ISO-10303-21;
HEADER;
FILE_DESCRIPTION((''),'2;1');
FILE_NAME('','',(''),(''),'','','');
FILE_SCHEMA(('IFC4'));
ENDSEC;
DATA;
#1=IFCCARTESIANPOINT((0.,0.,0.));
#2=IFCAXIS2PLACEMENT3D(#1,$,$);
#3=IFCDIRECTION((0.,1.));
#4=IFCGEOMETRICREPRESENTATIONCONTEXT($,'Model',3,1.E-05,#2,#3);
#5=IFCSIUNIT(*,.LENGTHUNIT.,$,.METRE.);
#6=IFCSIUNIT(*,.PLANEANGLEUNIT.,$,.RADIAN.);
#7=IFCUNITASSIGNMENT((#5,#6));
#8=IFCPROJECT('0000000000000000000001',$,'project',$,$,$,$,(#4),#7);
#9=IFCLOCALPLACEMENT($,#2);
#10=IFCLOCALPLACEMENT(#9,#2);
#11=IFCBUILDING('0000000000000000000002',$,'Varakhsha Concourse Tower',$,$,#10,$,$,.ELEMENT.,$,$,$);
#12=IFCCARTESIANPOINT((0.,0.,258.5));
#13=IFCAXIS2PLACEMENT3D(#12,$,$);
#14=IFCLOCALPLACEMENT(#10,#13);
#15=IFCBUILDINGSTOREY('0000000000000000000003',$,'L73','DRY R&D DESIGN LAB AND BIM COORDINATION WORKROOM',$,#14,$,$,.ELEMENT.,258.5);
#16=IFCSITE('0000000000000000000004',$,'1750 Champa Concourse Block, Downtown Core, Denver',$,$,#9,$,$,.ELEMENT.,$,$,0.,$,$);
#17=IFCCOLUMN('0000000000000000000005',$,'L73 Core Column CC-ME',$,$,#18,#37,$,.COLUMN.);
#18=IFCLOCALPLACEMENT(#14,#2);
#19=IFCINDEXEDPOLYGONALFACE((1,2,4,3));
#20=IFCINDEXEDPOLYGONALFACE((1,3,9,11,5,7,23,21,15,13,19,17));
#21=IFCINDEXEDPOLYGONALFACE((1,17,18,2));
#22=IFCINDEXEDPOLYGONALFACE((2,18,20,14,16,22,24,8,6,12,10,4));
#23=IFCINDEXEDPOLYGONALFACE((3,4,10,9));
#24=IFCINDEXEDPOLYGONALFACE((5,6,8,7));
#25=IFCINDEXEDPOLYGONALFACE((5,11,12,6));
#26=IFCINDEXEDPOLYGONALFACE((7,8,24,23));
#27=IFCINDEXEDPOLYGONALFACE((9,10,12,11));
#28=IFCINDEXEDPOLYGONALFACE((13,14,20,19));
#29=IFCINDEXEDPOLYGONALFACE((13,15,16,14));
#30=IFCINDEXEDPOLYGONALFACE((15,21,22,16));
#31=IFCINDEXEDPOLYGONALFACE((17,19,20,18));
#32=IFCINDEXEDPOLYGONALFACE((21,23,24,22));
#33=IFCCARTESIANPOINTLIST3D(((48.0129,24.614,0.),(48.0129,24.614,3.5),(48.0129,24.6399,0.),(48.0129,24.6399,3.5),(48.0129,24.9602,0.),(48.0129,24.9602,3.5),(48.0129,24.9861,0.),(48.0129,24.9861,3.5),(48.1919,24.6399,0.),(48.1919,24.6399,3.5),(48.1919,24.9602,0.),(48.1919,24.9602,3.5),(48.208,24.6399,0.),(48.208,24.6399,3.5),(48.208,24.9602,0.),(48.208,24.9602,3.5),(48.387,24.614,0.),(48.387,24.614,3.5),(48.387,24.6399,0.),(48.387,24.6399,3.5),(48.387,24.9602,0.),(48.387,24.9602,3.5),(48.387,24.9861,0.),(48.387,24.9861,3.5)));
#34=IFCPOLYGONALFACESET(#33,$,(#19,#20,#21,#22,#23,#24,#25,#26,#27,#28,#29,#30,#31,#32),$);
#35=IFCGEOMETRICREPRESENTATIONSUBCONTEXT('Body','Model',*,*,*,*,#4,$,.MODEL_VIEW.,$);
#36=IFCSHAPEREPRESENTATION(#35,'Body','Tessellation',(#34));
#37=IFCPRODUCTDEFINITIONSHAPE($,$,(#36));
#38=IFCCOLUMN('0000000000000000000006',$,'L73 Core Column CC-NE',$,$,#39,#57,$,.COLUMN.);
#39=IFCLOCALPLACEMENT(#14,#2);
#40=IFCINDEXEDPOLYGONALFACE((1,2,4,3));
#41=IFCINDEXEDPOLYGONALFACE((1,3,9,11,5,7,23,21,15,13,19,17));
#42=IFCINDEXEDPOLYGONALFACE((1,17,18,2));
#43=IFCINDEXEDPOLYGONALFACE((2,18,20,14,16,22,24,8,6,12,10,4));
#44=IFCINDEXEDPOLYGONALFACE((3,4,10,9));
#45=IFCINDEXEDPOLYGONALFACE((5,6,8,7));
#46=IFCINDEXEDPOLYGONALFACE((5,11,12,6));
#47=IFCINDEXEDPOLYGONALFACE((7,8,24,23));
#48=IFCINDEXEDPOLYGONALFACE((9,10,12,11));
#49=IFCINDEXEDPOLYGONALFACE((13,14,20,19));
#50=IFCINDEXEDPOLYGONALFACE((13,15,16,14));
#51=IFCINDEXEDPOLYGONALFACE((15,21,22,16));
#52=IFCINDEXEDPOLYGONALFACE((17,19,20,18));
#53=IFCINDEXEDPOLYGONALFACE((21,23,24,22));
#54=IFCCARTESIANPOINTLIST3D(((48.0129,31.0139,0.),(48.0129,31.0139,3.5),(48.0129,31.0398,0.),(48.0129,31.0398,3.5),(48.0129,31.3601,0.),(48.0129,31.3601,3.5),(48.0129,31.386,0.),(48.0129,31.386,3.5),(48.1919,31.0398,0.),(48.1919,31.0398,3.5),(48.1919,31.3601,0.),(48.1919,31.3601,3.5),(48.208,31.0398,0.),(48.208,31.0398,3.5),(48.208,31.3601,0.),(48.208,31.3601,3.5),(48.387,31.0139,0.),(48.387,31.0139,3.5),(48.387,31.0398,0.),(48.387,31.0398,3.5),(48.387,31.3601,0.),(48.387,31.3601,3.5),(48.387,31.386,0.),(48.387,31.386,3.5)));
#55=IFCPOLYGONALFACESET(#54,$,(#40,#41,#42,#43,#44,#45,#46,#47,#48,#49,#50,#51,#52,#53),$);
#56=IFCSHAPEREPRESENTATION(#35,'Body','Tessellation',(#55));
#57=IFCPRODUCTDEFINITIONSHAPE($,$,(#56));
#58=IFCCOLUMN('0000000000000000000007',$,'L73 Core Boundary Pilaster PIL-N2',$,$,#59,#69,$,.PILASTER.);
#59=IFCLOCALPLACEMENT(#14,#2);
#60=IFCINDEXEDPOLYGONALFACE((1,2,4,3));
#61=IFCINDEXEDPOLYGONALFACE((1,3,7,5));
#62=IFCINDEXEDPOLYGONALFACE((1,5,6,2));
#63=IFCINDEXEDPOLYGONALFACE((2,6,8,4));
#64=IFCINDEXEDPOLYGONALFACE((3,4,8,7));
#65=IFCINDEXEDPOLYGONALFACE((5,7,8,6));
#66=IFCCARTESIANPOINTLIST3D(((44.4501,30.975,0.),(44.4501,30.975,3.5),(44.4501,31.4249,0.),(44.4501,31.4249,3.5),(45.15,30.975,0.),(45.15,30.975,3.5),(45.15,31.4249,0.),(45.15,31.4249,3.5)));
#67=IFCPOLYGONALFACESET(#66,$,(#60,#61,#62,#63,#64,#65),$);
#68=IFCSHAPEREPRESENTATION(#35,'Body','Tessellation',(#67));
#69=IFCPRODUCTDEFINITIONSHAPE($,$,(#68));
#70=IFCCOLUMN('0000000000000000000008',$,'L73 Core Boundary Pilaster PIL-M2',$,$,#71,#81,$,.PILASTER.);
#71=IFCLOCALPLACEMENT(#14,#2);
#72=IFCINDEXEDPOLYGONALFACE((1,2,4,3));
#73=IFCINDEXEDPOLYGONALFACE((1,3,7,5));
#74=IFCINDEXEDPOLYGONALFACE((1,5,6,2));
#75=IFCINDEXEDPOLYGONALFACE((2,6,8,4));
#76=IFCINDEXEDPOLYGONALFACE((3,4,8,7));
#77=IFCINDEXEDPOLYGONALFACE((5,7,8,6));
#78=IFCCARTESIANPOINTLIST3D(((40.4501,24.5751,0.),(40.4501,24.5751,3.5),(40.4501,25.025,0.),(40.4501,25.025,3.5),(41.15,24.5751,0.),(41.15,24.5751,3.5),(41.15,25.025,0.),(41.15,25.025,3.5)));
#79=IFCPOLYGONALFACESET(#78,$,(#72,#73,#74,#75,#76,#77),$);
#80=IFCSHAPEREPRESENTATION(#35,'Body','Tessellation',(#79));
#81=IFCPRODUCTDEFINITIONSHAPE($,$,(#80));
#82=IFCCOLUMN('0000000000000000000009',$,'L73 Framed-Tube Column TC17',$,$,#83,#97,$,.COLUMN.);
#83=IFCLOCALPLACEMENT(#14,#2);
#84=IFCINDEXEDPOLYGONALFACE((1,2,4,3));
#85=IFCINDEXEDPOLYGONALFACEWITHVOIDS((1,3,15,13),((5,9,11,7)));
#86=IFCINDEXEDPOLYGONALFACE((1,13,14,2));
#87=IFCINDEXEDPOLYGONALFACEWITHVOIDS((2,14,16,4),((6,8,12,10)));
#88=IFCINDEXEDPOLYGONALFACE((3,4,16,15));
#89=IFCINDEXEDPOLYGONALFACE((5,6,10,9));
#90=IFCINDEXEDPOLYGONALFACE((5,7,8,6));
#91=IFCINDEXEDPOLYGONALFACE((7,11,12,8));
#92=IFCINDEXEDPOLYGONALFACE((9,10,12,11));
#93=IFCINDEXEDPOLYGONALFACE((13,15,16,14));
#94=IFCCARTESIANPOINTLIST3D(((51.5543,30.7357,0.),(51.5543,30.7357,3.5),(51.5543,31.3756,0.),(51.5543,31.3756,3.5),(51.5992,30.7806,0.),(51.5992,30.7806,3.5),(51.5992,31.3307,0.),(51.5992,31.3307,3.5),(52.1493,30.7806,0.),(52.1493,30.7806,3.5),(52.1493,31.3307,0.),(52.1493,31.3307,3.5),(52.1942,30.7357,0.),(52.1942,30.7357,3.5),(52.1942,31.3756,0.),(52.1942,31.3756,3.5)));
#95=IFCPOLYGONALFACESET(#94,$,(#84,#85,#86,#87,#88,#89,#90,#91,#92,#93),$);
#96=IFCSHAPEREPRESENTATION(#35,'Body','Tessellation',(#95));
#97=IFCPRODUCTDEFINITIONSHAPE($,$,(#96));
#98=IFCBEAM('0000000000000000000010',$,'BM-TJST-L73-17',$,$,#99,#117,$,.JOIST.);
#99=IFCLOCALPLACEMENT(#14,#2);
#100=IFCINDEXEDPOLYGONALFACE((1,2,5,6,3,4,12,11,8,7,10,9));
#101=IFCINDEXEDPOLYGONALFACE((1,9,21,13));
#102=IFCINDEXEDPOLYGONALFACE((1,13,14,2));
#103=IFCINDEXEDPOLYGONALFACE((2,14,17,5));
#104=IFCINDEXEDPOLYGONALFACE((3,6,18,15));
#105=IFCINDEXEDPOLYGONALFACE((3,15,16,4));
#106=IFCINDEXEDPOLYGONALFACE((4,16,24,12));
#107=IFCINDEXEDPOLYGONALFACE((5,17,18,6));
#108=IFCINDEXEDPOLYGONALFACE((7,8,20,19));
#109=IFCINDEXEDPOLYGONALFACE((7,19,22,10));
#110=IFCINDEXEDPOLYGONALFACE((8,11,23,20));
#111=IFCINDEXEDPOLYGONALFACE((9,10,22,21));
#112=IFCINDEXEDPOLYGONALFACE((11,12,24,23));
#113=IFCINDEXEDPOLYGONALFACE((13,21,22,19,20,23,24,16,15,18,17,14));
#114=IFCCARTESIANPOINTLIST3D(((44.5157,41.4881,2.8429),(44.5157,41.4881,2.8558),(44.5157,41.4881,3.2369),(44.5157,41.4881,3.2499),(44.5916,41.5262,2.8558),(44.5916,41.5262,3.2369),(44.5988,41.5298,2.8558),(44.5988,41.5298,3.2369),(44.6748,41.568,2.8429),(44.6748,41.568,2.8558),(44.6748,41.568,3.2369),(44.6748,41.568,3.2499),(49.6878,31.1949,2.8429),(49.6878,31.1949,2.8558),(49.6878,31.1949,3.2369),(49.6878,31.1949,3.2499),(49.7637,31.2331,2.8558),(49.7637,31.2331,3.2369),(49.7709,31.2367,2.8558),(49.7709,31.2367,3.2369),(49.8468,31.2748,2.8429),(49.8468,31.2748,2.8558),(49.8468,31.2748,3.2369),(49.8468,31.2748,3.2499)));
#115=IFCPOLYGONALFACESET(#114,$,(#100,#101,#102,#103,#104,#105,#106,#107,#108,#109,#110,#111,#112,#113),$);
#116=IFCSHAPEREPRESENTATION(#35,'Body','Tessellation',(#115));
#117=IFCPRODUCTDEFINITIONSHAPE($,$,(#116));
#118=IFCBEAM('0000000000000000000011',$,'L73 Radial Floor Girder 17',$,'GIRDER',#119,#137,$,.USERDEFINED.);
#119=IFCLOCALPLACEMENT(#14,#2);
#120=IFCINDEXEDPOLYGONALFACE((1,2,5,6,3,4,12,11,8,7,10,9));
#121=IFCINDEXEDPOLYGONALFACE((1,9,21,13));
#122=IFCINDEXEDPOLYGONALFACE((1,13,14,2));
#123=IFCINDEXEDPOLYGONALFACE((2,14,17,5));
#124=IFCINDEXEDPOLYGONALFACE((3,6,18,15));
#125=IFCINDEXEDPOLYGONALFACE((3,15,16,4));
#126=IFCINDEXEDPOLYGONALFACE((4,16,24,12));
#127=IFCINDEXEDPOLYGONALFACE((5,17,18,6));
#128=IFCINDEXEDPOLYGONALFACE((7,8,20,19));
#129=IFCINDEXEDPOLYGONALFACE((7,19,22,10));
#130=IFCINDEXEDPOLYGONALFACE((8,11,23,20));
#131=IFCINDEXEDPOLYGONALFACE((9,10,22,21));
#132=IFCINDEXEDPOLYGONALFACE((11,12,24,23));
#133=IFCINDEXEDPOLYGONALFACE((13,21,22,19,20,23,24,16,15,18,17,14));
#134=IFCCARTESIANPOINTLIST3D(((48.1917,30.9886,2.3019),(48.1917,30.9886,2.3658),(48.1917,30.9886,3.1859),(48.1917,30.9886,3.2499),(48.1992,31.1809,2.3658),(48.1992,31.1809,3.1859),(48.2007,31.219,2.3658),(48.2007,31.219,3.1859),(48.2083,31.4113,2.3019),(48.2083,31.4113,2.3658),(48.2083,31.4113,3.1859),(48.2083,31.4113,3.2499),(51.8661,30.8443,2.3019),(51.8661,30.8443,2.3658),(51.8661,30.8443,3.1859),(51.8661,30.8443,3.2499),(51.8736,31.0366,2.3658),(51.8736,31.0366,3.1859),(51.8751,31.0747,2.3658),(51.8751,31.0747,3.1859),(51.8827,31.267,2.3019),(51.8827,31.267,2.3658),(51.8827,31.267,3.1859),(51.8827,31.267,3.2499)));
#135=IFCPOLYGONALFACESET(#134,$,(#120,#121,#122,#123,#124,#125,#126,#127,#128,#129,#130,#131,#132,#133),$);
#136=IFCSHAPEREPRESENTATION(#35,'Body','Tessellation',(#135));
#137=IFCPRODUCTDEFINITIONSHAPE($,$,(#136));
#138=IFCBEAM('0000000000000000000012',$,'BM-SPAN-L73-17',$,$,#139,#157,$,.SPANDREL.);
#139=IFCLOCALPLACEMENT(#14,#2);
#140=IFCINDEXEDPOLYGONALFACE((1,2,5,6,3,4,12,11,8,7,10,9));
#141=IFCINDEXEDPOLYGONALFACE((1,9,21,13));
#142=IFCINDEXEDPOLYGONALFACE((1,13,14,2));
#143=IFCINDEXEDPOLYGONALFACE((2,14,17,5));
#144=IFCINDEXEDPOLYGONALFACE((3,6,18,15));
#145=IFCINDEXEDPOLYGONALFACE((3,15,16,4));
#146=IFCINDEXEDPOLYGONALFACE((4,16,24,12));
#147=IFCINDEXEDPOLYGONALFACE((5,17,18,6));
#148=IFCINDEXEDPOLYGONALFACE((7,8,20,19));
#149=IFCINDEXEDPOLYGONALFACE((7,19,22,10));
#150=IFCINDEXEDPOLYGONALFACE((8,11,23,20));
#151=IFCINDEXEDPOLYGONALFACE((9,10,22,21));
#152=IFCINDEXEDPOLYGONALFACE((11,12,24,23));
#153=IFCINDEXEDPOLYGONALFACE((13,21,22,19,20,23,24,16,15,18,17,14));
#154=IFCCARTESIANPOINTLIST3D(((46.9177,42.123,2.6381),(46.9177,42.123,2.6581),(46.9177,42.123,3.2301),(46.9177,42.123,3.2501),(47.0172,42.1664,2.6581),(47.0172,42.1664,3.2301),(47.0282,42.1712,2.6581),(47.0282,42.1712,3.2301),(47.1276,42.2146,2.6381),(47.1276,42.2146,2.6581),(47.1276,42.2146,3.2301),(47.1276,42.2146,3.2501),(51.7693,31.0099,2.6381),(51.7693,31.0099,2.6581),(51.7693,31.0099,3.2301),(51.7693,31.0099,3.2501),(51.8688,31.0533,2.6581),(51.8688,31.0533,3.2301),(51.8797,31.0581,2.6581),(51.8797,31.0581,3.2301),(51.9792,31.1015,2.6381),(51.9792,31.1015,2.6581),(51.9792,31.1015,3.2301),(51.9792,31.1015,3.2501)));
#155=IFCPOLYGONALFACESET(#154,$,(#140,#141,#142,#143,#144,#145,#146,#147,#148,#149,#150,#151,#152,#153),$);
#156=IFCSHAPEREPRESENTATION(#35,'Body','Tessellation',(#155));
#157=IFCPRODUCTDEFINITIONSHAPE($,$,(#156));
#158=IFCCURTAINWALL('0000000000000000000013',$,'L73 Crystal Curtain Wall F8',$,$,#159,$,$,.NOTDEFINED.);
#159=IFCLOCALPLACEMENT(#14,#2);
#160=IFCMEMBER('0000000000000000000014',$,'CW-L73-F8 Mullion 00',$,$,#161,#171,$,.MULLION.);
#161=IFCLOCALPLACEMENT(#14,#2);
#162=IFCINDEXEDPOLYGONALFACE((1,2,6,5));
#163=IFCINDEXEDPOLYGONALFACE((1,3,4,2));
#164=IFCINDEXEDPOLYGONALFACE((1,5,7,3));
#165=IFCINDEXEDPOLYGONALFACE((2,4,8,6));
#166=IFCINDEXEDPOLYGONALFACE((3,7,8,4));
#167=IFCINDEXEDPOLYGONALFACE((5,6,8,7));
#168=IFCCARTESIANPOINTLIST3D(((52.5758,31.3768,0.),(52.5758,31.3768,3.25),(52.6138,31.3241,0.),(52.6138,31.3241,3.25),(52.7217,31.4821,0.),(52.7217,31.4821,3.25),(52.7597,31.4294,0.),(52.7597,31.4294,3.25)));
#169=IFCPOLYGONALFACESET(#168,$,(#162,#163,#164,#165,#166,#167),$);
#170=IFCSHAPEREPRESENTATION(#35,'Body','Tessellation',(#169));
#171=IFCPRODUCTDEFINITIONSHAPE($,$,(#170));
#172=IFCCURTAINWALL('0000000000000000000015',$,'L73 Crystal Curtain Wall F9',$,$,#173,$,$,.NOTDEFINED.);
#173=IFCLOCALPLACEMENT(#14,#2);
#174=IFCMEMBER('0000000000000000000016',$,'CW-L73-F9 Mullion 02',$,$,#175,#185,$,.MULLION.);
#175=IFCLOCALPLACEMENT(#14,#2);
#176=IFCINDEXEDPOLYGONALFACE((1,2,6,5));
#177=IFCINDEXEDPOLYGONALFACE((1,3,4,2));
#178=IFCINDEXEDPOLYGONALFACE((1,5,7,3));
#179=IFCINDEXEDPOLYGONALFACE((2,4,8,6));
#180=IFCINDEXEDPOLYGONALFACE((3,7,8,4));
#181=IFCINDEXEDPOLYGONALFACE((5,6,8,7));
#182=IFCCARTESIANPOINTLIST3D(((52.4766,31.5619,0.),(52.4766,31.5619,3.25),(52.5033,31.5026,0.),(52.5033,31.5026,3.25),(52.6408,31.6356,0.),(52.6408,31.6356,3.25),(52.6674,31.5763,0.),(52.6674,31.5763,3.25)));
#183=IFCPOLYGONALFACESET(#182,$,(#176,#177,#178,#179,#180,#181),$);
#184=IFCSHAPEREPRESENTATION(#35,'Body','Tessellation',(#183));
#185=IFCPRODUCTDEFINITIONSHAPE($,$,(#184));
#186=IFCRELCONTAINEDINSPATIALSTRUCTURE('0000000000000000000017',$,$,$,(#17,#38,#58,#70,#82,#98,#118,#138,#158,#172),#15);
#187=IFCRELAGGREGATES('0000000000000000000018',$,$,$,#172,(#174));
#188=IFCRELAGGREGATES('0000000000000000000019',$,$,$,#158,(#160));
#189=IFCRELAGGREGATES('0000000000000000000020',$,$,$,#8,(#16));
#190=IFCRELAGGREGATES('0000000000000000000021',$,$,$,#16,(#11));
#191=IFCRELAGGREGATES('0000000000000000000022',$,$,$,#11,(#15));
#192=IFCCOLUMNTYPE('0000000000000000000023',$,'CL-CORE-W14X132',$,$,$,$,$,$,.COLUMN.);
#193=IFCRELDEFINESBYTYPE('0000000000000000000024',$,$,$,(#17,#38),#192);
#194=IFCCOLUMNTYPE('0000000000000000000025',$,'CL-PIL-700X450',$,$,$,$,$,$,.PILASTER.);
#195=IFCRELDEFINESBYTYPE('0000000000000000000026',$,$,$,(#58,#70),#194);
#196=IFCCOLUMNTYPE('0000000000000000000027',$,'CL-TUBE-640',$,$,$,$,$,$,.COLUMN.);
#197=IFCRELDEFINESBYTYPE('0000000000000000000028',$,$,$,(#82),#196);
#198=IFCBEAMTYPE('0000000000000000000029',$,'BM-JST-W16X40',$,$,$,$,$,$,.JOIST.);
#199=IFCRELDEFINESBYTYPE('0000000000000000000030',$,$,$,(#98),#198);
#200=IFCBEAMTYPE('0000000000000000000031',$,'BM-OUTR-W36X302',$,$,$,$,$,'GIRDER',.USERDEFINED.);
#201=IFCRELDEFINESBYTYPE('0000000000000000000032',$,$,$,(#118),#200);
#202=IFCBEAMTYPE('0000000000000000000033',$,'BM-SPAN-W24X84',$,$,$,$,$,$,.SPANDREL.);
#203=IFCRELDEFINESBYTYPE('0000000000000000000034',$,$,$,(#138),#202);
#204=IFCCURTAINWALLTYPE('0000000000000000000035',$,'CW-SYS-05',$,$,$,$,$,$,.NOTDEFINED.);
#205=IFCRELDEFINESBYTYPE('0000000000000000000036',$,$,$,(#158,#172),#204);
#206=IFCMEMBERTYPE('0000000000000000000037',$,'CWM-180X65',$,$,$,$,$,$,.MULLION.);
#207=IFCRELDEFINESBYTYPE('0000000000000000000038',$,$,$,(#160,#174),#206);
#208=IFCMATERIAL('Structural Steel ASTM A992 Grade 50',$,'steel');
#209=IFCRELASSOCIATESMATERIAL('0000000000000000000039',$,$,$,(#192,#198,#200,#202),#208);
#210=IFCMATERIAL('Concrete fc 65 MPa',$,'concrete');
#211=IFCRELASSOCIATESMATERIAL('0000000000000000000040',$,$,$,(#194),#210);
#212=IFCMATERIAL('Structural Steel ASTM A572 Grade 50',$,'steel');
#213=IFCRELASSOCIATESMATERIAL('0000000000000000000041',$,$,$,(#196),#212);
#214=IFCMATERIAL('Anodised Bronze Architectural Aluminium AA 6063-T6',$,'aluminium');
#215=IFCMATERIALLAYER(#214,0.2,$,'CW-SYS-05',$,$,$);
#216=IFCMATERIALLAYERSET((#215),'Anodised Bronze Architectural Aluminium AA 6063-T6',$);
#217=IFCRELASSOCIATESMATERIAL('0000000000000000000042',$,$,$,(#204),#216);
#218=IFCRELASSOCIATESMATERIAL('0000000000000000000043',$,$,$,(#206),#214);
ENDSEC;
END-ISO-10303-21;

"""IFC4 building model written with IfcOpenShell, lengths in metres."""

from ifc_helpers import new_model, si_unit, direction, frame, origin, origin_2d, place, context, subcontext, project, spatial, rectangle, hollow_rectangle, i_section, extrude, source, transform, mapped, material, layer, layer_set, material_profile, profile_set, type_object, type_shapes, element, aggregate, save


model = new_model("IFC4")

# Units and contexts
model_context = context("Model", 3, precision=1e-05, world=origin(), true_north=direction((0.0, 1.0)))
body_context = subcontext(model_context, "Body", "Model", "MODEL_VIEW")
ifc_project = project(units=[si_unit("LENGTHUNIT", "METRE"), si_unit("PLANEANGLEUNIT", "RADIAN")], contexts=[model_context])

# Site, building, storey
site_placement = place(None, origin())
site = spatial("IfcSite", under=ifc_project, at=site_placement, Name="1750 Champa Concourse Block, Downtown Core, Denver", CompositionType="ELEMENT", RefElevation=0.0)
building_placement = place(site_placement, origin())
building = spatial("IfcBuilding", under=site, at=building_placement, Name="Varakhsha Concourse Tower", CompositionType="ELEMENT")
storey_placement = place(building_placement, frame((0.0, 0.0, 258.5)))
storey = spatial("IfcBuildingStorey", under=building, at=storey_placement, Name="L73", Description="DRY R&D DESIGN LAB AND BIM COORDINATION WORKROOM", CompositionType="ELEMENT", Elevation=258.5)

# Columns
ifc_material_1 = material(Name="Structural Steel ASTM A992 Grade 50", Category="steel")
ifc_material_profile_1 = material_profile(ifc_material_1, i_section(OverallWidth=0.374, OverallDepth=0.3721, WebThickness=0.0161, FlangeThickness=0.0259, at=origin_2d()), Name="W14X132")
ifc_profile_set_1 = profile_set([ifc_material_profile_1], Name="Structural Steel ASTM A992 Grade 50")
column_type_1 = type_object("IfcColumnType", Name="CL-CORE-W14X132", PredefinedType="COLUMN", material=ifc_profile_set_1)
for number, where, z_axis, x_axis, name in (
    (1, (48.2, 24.8, 0.0), (0.0, 0.0, 1.0), (1.0, 0.0, 0.0), "L73 Core Column CC-ME"),
    (2, (48.2, 31.2, 0.0), (0.0, 0.0, 1.0), (1.0, 0.0, 0.0), "L73 Core Column CC-NE"),
):
    element("IfcColumn", number, at=place(storey_placement, frame(where, z_axis=z_axis, x_axis=x_axis)), inside=storey, type_object=column_type_1, Name=name, PredefinedType="COLUMN", context=body_context, shape_type="SweptSolid", body=[
        extrude(i_section(OverallWidth=0.374, OverallDepth=0.3721, WebThickness=0.0161, FlangeThickness=0.0259, at=origin_2d()), origin(), (0.0, 0.0, 1.0), 3.5),
    ])
ifc_material_2 = material(Name="Concrete fc 65 MPa", Category="concrete")
ifc_material_profile_2 = material_profile(ifc_material_2, rectangle(XDim=0.7, YDim=0.45, at=origin_2d()), Name="RC 700x450")
ifc_profile_set_2 = profile_set([ifc_material_profile_2], Name="Concrete fc 65 MPa")
column_type_2 = type_object("IfcColumnType", Name="CL-PIL-700X450", PredefinedType="PILASTER", material=ifc_profile_set_2)
for number, where, z_axis, x_axis, name in (
    (3, (44.8, 31.2, 0.0), (0.0, 0.0, 1.0), (1.0, 0.0, 0.0), "L73 Core Boundary Pilaster PIL-N2"),
    (4, (40.8, 24.8, 0.0), (0.0, 0.0, 1.0), (1.0, 0.0, 0.0), "L73 Core Boundary Pilaster PIL-M2"),
):
    element("IfcColumn", number, at=place(storey_placement, frame(where, z_axis=z_axis, x_axis=x_axis)), inside=storey, type_object=column_type_2, Name=name, PredefinedType="PILASTER", context=body_context, shape_type="SweptSolid", body=[
        extrude(rectangle(XDim=0.7, YDim=0.45, at=origin_2d()), origin(), (0.0, 0.0, 1.0), 3.5),
    ])
ifc_material_3 = material(Name="Structural Steel ASTM A572 Grade 50", Category="steel")
ifc_material_profile_3 = material_profile(ifc_material_3, hollow_rectangle(XDim=0.6399, YDim=0.6399, WallThickness=0.0449, at=origin_2d()), Name="BOX 640x640x45")
ifc_profile_set_3 = profile_set([ifc_material_profile_3], Name="Structural Steel ASTM A572 Grade 50")
column_type_3 = type_object("IfcColumnType", Name="CL-TUBE-640", PredefinedType="COLUMN", material=ifc_profile_set_3)
column_placement = place(storey_placement, frame((51.8743, 31.0557, 0.0), z_axis=(0.0, 0.0, 1.0), x_axis=(1.0, 0.0, 0.0)))
element("IfcColumn", 5, at=column_placement, inside=storey, type_object=column_type_3, Name="L73 Framed-Tube Column TC17", PredefinedType="COLUMN", context=body_context, shape_type="SweptSolid", body=[
    extrude(hollow_rectangle(XDim=0.6399, YDim=0.6399, WallThickness=0.0449, at=origin_2d()), origin(), (0.0, 0.0, 1.0), 3.5),
])

# Beams
ifc_material_profile_4 = material_profile(ifc_material_1, i_section(OverallWidth=0.178, OverallDepth=0.407, WebThickness=0.0081, FlangeThickness=0.0129, at=origin_2d()), Name="W16X40")
ifc_profile_set_4 = profile_set([ifc_material_profile_4], Name="Structural Steel ASTM A992 Grade 50")
beam_type_1 = type_object("IfcBeamType", Name="BM-JST-W16X40", PredefinedType="JOIST", material=ifc_profile_set_4)
beam_1_placement = place(storey_placement, frame((49.7673, 31.2349, 3.0464), z_axis=(-0.448984, 0.89354, 0.0), x_axis=(-0.89354, -0.448984, 0.0)))
element("IfcBeam", 6, at=beam_1_placement, inside=storey, type_object=beam_type_1, Name="BM-TJST-L73-17", PredefinedType="JOIST", context=body_context, shape_type="SweptSolid", body=[
    extrude(i_section(OverallWidth=0.178, OverallDepth=0.407, WebThickness=0.0081, FlangeThickness=0.0129, at=origin_2d()), origin(), (0.0, 0.0, 1.0), 11.5195),
])
ifc_material_profile_5 = material_profile(ifc_material_1, i_section(OverallWidth=0.4231, OverallDepth=0.948, WebThickness=0.0381, FlangeThickness=0.064, at=origin_2d()), Name="W36X302")
ifc_profile_set_5 = profile_set([ifc_material_profile_5], Name="Structural Steel ASTM A992 Grade 50")
beam_type_2 = type_object("IfcBeamType", Name="BM-OUTR-W36X302", ElementType="GIRDER", PredefinedType="USERDEFINED", material=ifc_profile_set_5)
beam_2_placement = place(storey_placement, frame((48.2, 31.2, 2.7759), z_axis=(0.99923, -0.039239, 0.0), x_axis=(0.039239, 0.99923, 0.0)))
element("IfcBeam", 7, at=beam_2_placement, inside=storey, type_object=beam_type_2, Name="L73 Radial Floor Girder 17", ObjectType="GIRDER", PredefinedType="USERDEFINED", context=body_context, shape_type="SweptSolid", body=[
    extrude(i_section(OverallWidth=0.4231, OverallDepth=0.948, WebThickness=0.0381, FlangeThickness=0.064, at=origin_2d()), origin(), (0.0, 0.0, 1.0), 3.6772),
])
ifc_material_profile_6 = material_profile(ifc_material_1, i_section(OverallWidth=0.229, OverallDepth=0.6121, WebThickness=0.012, FlangeThickness=0.02, at=origin_2d()), Name="W24X84")
ifc_profile_set_6 = profile_set([ifc_material_profile_6], Name="Structural Steel ASTM A992 Grade 50")
beam_type_3 = type_object("IfcBeamType", Name="BM-SPAN-W24X84", PredefinedType="SPANDREL", material=ifc_profile_set_6)
beam_3_placement = place(storey_placement, frame((51.8743, 31.0557, 2.9441), z_axis=(-0.400099, 0.916472, 0.0), x_axis=(-0.916472, -0.400099, 0.0)))
element("IfcBeam", 8, at=beam_3_placement, inside=storey, type_object=beam_type_3, Name="BM-SPAN-L73-17", PredefinedType="SPANDREL", context=body_context, shape_type="SweptSolid", body=[
    extrude(i_section(OverallWidth=0.229, OverallDepth=0.6121, WebThickness=0.012, FlangeThickness=0.02, at=origin_2d()), origin(), (0.0, 0.0, 1.0), 12.126),
])

# Curtain walls, members
ifc_material_4 = material(Name="Anodised Bronze Architectural Aluminium AA 6063-T6", Category="aluminium")
ifc_layer_1 = layer(ifc_material_4, 0.2, Name="CW-SYS-05")
ifc_layer_set_1 = layer_set([ifc_layer_1], Name="Anodised Bronze Architectural Aluminium AA 6063-T6")
curtain_wall_type = type_object("IfcCurtainWallType", Name="CW-SYS-05", PredefinedType="NOTDEFINED", material=ifc_layer_set_1)
curtain_wall_1_placement = place(storey_placement, origin())
curtain_wall_1 = element("IfcCurtainWall", 9, at=curtain_wall_1_placement, inside=storey, type_object=curtain_wall_type, Name="L73 Crystal Curtain Wall F8", PredefinedType="NOTDEFINED")
ifc_material_profile_7 = material_profile(ifc_material_4, rectangle(XDim=0.0649, YDim=0.1799, at=origin_2d()), Name="CWM-180X65")
ifc_profile_set_7 = profile_set([ifc_material_profile_7], Name="Anodised Bronze Architectural Aluminium AA 6063-T6")
member_type_1 = type_object("IfcMemberType", Name="CWM-180X65", PredefinedType="MULLION", material=ifc_profile_set_7)
shared_shape_1 = source(origin(), body_context, "Body", "SweptSolid", [
    extrude(rectangle(XDim=0.0649, YDim=0.1799, at=origin_2d()), origin(), (0.0, 0.0, 1.0), 3.25),
])
type_shapes(member_type_1, [shared_shape_1])
member_1_placement = place(storey_placement, frame((52.6677, 31.4031, 0.0), z_axis=(0.0, 0.0, 1.0), x_axis=(0.585188, -0.810897, 0.0)))
member_1 = element("IfcMember", 10, at=member_1_placement, type_object=member_type_1, Name="CW-L73-F8 Mullion 00", PredefinedType="MULLION", context=body_context, shape_type="MappedRepresentation", body=[
    mapped(shared_shape_1, transform((0.0, 0.0, 0.0), scale=1.0)),
])
curtain_wall_2_placement = place(storey_placement, origin())
curtain_wall_2 = element("IfcCurtainWall", 11, at=curtain_wall_2_placement, inside=storey, type_object=curtain_wall_type, Name="L73 Crystal Curtain Wall F9", PredefinedType="NOTDEFINED")
member_2_placement = place(storey_placement, frame((52.572, 31.5691, 0.0), z_axis=(0.0, 0.0, 1.0), x_axis=(0.409662, -0.912237, 0.0)))
member_2 = element("IfcMember", 12, at=member_2_placement, type_object=member_type_1, Name="CW-L73-F9 Mullion 02", PredefinedType="MULLION", context=body_context, shape_type="MappedRepresentation", body=[
    mapped(shared_shape_1, transform((0.0, 0.0, 0.0), scale=1.0)),
])
aggregate(curtain_wall_2, [member_2])

aggregate(curtain_wall_1, [member_1])

save(model, "model.ifc")
